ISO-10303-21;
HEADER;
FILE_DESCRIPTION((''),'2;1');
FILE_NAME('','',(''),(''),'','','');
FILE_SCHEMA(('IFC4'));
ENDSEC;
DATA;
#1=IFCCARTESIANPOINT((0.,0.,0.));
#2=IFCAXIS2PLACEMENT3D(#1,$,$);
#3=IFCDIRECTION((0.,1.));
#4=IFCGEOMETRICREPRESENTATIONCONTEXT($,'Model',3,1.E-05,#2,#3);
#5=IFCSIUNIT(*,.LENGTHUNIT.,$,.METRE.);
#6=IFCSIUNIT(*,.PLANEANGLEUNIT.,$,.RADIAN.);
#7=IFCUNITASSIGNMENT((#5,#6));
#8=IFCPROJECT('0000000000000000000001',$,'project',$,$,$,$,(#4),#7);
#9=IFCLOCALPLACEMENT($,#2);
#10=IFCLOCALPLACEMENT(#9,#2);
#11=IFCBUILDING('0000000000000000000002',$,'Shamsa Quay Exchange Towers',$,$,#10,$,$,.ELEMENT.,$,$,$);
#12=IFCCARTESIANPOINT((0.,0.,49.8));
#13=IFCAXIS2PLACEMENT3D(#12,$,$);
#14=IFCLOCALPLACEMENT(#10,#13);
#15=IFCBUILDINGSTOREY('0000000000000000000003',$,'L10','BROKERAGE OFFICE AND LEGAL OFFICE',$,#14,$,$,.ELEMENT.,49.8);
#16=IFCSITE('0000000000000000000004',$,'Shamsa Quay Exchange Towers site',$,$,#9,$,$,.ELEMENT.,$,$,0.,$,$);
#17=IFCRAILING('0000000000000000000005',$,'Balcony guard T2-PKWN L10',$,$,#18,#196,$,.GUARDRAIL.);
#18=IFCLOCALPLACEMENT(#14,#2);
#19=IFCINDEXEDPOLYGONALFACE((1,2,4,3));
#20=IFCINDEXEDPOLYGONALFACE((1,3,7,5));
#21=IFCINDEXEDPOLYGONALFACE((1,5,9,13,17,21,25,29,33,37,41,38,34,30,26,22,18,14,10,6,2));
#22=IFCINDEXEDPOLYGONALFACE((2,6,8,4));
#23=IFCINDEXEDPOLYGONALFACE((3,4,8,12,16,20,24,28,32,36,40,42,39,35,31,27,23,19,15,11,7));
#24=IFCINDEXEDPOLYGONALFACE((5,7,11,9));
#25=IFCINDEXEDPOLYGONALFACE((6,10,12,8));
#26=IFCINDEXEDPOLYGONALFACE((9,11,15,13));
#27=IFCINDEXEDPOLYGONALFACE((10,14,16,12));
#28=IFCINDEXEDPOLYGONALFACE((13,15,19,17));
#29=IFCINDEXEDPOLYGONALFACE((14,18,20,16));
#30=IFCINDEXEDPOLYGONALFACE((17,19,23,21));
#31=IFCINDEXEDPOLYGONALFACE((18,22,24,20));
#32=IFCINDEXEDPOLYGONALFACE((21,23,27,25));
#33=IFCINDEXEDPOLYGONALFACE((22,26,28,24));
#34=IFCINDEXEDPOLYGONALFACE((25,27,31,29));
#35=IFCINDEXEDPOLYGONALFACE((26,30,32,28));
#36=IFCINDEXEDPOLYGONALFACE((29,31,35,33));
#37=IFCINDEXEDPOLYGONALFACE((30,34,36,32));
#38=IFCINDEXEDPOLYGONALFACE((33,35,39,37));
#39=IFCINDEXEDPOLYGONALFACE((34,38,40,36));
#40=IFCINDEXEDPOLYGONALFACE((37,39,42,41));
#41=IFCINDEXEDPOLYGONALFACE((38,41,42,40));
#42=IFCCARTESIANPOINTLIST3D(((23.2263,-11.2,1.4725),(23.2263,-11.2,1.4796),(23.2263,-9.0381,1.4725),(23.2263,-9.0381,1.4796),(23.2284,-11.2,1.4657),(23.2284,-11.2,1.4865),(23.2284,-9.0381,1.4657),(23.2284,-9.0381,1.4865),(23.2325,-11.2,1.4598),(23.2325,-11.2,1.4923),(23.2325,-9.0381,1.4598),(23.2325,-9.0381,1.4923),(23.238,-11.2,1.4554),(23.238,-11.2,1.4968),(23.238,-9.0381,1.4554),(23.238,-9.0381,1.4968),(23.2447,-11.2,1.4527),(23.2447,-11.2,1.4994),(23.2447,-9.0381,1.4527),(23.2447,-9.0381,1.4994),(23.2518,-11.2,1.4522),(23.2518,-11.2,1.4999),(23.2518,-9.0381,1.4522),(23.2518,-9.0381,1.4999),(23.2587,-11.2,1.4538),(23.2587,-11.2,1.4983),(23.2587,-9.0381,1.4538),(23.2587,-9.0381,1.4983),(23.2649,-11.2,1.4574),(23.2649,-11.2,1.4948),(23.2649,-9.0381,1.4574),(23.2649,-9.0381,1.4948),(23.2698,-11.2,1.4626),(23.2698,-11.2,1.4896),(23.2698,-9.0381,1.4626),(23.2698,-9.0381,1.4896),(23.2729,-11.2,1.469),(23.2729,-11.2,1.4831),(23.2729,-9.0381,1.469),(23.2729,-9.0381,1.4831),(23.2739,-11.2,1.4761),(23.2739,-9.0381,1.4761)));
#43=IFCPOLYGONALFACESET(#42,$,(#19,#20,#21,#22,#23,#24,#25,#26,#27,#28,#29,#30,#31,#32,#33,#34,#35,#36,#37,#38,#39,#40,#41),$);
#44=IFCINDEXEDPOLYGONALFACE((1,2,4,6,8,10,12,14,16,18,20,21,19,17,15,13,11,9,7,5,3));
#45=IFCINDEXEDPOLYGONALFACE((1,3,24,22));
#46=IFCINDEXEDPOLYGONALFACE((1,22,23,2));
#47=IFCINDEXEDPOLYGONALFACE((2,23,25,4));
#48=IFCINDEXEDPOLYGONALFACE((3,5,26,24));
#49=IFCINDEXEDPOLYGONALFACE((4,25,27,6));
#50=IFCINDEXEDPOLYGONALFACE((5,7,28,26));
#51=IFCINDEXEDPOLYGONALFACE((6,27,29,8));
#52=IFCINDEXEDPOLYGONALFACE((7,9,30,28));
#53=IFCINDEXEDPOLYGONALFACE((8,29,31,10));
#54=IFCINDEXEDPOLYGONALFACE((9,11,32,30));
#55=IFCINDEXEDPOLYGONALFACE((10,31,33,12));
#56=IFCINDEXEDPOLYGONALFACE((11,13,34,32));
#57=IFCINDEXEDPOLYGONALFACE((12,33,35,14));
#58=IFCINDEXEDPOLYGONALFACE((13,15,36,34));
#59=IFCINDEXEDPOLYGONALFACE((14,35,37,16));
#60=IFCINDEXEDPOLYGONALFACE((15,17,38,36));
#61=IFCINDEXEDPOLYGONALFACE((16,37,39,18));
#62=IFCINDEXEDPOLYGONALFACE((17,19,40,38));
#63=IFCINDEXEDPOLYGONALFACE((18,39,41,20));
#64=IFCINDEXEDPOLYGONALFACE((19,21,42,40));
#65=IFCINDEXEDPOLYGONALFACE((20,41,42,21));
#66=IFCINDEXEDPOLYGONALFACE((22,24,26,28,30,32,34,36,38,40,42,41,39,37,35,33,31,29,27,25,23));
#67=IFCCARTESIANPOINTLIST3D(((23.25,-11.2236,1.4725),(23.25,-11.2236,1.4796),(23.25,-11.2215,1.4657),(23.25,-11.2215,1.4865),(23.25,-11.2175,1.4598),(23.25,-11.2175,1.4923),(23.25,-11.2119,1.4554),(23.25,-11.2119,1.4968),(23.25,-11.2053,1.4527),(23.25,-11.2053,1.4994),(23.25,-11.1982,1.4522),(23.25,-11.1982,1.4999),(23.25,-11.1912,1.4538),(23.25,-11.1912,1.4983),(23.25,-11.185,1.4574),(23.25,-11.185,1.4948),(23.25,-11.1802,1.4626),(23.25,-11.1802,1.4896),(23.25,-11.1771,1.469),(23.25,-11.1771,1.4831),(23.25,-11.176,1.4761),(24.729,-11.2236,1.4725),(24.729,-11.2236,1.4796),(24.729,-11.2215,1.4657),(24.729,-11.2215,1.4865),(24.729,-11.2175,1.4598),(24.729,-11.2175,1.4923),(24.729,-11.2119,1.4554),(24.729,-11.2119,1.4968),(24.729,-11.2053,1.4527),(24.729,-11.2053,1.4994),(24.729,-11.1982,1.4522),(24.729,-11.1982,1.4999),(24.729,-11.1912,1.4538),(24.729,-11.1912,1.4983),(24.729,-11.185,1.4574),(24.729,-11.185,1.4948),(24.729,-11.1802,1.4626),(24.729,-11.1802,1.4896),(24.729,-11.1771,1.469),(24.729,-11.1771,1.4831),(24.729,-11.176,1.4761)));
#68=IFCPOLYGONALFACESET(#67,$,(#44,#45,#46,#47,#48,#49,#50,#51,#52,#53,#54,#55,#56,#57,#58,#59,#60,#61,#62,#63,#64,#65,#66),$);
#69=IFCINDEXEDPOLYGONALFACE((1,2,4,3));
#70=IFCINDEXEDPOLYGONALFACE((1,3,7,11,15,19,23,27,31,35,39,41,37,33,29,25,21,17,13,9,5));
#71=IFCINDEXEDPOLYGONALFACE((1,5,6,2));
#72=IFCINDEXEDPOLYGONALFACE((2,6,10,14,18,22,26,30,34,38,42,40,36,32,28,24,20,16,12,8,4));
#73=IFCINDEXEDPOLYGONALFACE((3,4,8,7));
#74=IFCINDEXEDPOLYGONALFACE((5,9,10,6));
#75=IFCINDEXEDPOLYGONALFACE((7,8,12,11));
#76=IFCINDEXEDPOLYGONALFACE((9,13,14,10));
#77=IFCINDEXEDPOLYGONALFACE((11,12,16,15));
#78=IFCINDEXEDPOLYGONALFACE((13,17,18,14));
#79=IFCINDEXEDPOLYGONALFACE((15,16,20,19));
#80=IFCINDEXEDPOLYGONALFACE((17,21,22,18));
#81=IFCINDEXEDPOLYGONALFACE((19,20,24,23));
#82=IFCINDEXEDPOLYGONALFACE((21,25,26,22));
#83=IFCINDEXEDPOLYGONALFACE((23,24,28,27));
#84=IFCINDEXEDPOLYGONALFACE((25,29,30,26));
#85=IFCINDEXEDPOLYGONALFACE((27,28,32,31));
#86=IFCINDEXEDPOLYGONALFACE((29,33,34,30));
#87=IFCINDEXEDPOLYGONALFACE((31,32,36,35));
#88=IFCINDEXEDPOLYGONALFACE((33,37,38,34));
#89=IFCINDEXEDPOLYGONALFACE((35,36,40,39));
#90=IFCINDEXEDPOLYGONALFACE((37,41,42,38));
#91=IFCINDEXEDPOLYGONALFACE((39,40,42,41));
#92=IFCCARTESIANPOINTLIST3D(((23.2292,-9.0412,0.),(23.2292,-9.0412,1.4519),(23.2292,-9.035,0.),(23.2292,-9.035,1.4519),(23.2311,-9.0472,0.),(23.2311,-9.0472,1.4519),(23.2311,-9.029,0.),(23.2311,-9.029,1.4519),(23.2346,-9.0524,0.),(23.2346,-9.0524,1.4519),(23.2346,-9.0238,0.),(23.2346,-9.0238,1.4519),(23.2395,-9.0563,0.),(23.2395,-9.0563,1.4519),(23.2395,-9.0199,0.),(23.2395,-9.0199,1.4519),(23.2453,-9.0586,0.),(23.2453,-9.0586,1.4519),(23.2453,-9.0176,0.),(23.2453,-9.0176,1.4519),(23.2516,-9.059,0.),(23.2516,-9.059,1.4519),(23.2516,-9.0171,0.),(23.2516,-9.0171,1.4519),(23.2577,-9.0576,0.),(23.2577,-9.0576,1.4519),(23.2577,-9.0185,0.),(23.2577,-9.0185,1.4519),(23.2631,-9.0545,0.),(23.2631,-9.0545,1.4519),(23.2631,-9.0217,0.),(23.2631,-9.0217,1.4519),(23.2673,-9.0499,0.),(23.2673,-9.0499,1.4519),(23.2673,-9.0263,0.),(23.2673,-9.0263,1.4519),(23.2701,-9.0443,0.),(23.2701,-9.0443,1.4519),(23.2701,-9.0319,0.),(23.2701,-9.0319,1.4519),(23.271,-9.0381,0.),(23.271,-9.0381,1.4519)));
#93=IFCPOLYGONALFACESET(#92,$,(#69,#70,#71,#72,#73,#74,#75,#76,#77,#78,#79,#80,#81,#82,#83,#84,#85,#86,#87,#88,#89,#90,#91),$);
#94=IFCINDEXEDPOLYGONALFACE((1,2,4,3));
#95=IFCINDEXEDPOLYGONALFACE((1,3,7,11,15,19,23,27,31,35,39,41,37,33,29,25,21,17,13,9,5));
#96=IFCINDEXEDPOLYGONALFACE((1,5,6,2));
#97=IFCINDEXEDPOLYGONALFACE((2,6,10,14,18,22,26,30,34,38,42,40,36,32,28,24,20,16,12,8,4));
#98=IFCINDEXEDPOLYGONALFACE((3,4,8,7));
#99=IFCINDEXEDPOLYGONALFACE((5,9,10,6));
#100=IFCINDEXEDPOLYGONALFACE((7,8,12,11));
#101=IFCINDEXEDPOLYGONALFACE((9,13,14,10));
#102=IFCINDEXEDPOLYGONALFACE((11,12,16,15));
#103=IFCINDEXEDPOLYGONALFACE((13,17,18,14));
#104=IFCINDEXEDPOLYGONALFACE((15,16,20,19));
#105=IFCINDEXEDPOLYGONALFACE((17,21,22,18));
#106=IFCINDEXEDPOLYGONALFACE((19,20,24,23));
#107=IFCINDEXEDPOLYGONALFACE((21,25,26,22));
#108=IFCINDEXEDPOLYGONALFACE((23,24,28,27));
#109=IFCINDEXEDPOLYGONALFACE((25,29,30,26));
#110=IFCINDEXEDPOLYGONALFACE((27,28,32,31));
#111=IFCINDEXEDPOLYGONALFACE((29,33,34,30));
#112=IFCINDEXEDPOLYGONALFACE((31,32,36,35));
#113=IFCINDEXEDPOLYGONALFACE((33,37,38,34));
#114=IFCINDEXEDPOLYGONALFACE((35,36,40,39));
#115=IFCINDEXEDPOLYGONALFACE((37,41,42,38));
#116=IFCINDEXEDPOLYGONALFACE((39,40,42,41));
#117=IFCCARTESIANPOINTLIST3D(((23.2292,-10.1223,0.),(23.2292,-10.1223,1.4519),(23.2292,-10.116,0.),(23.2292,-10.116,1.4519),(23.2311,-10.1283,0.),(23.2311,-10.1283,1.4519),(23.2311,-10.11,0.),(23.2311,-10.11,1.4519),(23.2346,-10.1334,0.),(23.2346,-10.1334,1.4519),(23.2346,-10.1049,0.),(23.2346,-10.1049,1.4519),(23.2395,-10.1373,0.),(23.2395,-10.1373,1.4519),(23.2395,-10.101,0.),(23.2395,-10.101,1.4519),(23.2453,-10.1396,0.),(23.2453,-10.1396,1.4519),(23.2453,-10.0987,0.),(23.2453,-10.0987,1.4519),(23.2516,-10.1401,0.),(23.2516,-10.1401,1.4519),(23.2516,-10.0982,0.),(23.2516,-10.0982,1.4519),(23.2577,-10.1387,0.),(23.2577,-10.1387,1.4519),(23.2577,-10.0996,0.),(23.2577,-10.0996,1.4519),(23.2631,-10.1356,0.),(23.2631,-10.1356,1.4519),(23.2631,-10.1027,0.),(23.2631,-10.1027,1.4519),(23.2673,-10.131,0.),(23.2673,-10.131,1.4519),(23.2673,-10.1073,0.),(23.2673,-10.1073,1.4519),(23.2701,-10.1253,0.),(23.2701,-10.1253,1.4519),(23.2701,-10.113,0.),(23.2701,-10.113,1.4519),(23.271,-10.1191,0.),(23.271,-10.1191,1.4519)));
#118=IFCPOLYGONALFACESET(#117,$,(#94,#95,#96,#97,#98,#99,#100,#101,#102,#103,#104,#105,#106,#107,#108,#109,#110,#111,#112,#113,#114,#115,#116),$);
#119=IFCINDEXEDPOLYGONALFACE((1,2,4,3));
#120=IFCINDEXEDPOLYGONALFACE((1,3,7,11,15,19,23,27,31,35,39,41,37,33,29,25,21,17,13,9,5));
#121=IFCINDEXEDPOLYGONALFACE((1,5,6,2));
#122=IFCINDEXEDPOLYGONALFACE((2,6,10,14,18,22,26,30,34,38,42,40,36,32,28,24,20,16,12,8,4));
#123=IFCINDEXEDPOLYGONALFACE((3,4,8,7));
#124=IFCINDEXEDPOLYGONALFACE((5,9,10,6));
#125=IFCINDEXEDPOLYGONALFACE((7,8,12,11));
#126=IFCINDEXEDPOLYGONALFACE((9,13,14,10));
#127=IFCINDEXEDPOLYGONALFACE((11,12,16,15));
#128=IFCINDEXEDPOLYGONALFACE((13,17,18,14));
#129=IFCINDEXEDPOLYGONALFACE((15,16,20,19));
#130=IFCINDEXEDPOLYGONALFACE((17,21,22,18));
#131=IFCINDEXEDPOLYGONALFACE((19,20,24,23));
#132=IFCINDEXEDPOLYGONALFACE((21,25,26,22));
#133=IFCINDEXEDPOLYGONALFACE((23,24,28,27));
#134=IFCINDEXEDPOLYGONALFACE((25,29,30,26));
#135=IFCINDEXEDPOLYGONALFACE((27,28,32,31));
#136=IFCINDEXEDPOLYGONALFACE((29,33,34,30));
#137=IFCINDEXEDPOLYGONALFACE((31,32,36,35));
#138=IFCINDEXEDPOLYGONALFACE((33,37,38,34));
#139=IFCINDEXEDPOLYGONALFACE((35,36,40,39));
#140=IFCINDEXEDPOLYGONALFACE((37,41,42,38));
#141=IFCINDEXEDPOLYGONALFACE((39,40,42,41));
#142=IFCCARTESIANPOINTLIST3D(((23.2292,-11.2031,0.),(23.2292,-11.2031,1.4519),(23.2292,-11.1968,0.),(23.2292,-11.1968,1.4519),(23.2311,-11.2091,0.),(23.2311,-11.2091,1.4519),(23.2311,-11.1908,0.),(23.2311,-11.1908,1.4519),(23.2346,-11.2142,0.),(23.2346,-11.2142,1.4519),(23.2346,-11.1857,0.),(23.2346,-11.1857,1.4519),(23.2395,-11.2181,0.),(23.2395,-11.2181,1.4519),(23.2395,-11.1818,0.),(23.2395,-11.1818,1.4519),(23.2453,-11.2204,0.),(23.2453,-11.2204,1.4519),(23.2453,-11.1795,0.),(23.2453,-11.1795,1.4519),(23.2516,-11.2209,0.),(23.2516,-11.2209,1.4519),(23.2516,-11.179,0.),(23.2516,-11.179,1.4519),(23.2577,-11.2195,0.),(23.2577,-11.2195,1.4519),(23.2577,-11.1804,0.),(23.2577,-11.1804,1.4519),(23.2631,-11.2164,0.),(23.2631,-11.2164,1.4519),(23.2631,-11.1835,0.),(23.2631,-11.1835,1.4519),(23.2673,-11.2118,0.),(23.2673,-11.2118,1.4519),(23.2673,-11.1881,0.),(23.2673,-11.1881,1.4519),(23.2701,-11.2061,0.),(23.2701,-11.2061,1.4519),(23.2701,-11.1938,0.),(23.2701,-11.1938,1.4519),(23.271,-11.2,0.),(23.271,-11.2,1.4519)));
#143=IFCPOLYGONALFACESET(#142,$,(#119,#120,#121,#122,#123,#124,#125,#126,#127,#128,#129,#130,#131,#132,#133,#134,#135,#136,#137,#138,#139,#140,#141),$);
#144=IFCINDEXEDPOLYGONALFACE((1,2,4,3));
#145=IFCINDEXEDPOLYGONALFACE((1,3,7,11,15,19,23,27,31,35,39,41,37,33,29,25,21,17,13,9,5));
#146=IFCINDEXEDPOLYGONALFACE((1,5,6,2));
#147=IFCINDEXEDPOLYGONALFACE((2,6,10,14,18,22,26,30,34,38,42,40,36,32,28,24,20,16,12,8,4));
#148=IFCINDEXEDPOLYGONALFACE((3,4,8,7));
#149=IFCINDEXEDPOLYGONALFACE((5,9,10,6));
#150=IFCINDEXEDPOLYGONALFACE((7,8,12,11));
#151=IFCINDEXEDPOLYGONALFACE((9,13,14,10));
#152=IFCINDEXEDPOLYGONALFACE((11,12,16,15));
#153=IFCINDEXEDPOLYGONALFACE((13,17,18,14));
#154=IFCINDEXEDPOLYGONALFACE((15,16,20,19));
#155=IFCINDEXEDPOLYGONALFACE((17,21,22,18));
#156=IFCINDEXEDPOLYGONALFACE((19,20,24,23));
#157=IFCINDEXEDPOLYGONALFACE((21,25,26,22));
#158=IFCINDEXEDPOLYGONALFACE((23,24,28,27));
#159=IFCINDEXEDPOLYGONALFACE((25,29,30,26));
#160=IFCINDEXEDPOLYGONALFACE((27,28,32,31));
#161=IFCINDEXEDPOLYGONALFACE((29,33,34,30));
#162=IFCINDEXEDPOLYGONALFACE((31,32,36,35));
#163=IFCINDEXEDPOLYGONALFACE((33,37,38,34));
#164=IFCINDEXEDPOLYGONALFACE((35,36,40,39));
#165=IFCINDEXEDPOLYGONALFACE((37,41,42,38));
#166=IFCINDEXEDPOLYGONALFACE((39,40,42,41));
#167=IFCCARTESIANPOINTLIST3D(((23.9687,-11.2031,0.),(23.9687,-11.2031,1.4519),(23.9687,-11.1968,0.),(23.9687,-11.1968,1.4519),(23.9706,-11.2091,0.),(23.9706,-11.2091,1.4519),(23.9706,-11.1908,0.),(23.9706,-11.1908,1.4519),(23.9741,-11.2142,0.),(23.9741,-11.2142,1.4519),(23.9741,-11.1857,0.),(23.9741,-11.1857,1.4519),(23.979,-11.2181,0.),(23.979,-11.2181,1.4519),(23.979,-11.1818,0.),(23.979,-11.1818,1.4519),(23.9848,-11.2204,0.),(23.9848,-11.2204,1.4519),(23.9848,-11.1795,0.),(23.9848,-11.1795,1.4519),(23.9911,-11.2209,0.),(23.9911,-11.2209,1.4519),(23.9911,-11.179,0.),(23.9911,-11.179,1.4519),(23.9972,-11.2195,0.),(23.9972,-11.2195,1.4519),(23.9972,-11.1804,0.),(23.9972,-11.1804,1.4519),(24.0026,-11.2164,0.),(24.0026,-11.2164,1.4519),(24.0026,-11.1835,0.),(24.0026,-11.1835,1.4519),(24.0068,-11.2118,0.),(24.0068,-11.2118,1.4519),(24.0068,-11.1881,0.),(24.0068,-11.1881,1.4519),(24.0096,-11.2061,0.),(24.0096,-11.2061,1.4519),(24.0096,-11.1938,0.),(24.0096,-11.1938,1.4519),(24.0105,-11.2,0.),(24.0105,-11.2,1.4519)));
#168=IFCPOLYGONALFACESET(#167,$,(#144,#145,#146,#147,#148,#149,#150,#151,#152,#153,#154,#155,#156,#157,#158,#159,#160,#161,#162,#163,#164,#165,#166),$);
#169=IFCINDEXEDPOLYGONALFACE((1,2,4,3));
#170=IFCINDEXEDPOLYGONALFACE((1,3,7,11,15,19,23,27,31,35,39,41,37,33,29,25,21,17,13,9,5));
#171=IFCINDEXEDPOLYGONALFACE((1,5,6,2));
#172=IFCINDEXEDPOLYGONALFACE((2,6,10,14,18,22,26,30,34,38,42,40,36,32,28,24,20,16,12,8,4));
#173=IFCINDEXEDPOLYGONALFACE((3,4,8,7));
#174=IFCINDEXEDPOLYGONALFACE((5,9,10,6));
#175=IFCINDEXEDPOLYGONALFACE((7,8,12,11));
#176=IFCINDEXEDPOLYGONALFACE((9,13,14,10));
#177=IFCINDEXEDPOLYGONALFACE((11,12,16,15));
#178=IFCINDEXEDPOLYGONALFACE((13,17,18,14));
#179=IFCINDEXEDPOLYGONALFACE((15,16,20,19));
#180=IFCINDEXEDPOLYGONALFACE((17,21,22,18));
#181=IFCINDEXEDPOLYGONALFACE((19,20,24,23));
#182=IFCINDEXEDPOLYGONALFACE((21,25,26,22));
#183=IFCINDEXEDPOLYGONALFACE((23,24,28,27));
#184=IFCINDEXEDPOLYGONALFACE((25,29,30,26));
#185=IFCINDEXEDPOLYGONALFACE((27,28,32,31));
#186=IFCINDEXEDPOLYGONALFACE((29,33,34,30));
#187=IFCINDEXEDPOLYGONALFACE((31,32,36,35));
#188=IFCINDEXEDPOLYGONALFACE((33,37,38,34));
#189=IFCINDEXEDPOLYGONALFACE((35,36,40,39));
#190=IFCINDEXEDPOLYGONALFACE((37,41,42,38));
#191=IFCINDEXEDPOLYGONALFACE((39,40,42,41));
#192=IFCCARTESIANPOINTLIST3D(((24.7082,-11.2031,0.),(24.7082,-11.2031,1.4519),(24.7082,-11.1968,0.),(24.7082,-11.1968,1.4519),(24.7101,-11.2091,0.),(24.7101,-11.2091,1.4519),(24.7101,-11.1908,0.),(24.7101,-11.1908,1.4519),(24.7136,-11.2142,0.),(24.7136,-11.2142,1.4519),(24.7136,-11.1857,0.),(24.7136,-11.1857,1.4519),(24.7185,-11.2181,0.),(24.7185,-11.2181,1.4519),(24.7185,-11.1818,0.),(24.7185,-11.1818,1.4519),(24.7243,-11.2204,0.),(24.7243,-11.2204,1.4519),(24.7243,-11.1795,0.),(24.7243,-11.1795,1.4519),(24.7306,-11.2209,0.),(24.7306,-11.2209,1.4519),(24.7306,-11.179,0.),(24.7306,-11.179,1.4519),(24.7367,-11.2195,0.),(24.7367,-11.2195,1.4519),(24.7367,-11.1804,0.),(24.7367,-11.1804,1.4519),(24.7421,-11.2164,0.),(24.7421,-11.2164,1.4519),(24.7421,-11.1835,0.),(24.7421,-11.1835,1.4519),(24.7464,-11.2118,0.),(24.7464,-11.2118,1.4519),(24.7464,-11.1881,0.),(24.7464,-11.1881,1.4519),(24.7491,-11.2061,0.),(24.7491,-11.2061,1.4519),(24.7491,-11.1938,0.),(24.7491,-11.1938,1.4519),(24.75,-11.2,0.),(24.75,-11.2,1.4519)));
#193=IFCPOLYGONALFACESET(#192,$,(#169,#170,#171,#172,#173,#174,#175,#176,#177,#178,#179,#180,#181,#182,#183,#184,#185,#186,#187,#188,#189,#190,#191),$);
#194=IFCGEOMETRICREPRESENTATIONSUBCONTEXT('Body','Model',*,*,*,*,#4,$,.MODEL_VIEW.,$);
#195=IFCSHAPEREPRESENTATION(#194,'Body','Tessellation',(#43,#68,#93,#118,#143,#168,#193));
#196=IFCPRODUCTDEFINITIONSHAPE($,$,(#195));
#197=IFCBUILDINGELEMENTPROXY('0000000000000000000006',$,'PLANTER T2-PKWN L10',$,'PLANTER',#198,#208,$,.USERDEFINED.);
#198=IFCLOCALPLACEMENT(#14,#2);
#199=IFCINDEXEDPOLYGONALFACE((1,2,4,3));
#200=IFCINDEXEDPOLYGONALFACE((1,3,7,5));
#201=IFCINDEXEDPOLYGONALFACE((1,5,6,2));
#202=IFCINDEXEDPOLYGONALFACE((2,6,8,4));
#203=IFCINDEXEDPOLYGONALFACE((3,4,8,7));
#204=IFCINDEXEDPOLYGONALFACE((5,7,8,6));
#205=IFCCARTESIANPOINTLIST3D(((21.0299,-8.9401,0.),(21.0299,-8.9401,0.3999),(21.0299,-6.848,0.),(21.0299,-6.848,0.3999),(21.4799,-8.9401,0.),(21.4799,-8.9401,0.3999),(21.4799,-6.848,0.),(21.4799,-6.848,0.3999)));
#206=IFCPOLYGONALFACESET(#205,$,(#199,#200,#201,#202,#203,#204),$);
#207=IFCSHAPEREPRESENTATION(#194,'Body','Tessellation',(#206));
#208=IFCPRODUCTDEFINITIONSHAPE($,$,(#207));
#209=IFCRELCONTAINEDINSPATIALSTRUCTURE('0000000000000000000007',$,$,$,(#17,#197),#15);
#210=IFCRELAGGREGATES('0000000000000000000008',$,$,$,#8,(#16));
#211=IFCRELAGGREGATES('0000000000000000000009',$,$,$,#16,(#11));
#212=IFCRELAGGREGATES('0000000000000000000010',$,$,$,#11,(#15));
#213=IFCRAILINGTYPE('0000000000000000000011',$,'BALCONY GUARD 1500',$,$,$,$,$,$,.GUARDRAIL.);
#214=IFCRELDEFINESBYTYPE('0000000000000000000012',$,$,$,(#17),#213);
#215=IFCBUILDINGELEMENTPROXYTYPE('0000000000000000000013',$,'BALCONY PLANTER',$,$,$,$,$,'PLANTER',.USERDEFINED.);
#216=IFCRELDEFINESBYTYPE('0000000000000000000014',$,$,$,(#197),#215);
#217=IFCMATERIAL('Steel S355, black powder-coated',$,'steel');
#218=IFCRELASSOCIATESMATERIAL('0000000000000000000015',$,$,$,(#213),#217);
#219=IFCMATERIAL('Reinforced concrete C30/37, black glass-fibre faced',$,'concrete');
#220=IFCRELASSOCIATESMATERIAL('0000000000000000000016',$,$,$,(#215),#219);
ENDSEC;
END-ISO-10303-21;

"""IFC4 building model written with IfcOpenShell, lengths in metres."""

from ifc_helpers import new_model, si_unit, direction, frame, origin, origin_2d, place, context, subcontext, project, spatial, rectangle, circle, extrude, material, type_object, element, save


model = new_model("IFC4")

# Units and contexts
model_context = context("Model", 3, precision=1e-05, world=origin(), true_north=direction((0.0, 1.0)))
body_context = subcontext(model_context, "Body", "Model", "MODEL_VIEW")
ifc_project = project(units=[si_unit("LENGTHUNIT", "METRE"), si_unit("PLANEANGLEUNIT", "RADIAN")], contexts=[model_context])

# Site, building, storey
site_placement = place(None, origin())
site = spatial("IfcSite", under=ifc_project, at=site_placement, Name="Shamsa Quay Exchange Towers site", CompositionType="ELEMENT", RefElevation=0.0)
building_placement = place(site_placement, origin())
building = spatial("IfcBuilding", under=site, at=building_placement, Name="Shamsa Quay Exchange Towers", CompositionType="ELEMENT")
storey_placement = place(building_placement, frame((0.0, 0.0, 49.8)))
storey = spatial("IfcBuildingStorey", under=building, at=storey_placement, Name="L10", Description="BROKERAGE OFFICE AND LEGAL OFFICE", CompositionType="ELEMENT", Elevation=49.8)

# Railing
ifc_material_1 = material(Name="Steel S355, black powder-coated", Category="steel")
railing_type_1 = type_object("IfcRailingType", Name="BALCONY GUARD 1500", PredefinedType="GUARDRAIL", material=ifc_material_1)
for number, where, name in (
    (1, (23.25, -9.0381, 0.0), "Balcony guard T2-PKWN L10"),
):
    element("IfcRailing", number, at=place(storey_placement, frame(where)), inside=storey, type_object=railing_type_1, Name=name, PredefinedType="GUARDRAIL", context=body_context, shape_type="SweptSolid", body=[
        extrude(circle(Radius=0.0239, at=origin_2d()), frame((0.0, 0.0, 1.4761), z_axis=(0.0, -1.0, 0.0), x_axis=(1.0, 0.0, 0.0)), (0.0, 0.0, 1.0), 2.1619),
        extrude(circle(Radius=0.0239, at=origin_2d()), frame((0.0, -2.1619, 1.4761), z_axis=(1.0, 0.0, 0.0), x_axis=(0.0, 1.0, 0.0)), (0.0, 0.0, 1.0), 1.479),
        extrude(circle(Radius=0.021, at=origin_2d()), origin(), (0.0, 0.0, 1.0), 1.4519),
        extrude(circle(Radius=0.021, at=origin_2d()), frame((0.0, -1.0811, 0.0)), (0.0, 0.0, 1.0), 1.4519),
        extrude(circle(Radius=0.021, at=origin_2d()), frame((0.0, -2.1619, 0.0)), (0.0, 0.0, 1.0), 1.4519),
        extrude(circle(Radius=0.021, at=origin_2d()), frame((0.7395, -2.1619, 0.0)), (0.0, 0.0, 1.0), 1.4519),
        extrude(circle(Radius=0.021, at=origin_2d()), frame((1.479, -2.1619, 0.0)), (0.0, 0.0, 1.0), 1.4519),
    ])

# Building element proxy
ifc_material_2 = material(Name="Reinforced concrete C30/37, black glass-fibre faced", Category="concrete")
building_element_proxy_type = type_object("IfcBuildingElementProxyType", Name="BALCONY PLANTER", ElementType="PLANTER", PredefinedType="USERDEFINED", material=ifc_material_2)
for number, where, z_axis, x_axis, name in (
    (2, (21.2549, -7.894, 0.0), (0.0, 0.0, 1.0), (0.0, -1.0, 0.0), "PLANTER T2-PKWN L10"),
):
    element("IfcBuildingElementProxy", number, at=place(storey_placement, frame(where, z_axis=z_axis, x_axis=x_axis)), inside=storey, type_object=building_element_proxy_type, Name=name, ObjectType="PLANTER", PredefinedType="USERDEFINED", context=body_context, shape_type="SweptSolid", body=[
        extrude(rectangle(XDim=2.092, YDim=0.45, at=origin_2d()), origin(), (0.0, 0.0, 1.0), 0.3999),
    ])

save(model, "model.ifc")
